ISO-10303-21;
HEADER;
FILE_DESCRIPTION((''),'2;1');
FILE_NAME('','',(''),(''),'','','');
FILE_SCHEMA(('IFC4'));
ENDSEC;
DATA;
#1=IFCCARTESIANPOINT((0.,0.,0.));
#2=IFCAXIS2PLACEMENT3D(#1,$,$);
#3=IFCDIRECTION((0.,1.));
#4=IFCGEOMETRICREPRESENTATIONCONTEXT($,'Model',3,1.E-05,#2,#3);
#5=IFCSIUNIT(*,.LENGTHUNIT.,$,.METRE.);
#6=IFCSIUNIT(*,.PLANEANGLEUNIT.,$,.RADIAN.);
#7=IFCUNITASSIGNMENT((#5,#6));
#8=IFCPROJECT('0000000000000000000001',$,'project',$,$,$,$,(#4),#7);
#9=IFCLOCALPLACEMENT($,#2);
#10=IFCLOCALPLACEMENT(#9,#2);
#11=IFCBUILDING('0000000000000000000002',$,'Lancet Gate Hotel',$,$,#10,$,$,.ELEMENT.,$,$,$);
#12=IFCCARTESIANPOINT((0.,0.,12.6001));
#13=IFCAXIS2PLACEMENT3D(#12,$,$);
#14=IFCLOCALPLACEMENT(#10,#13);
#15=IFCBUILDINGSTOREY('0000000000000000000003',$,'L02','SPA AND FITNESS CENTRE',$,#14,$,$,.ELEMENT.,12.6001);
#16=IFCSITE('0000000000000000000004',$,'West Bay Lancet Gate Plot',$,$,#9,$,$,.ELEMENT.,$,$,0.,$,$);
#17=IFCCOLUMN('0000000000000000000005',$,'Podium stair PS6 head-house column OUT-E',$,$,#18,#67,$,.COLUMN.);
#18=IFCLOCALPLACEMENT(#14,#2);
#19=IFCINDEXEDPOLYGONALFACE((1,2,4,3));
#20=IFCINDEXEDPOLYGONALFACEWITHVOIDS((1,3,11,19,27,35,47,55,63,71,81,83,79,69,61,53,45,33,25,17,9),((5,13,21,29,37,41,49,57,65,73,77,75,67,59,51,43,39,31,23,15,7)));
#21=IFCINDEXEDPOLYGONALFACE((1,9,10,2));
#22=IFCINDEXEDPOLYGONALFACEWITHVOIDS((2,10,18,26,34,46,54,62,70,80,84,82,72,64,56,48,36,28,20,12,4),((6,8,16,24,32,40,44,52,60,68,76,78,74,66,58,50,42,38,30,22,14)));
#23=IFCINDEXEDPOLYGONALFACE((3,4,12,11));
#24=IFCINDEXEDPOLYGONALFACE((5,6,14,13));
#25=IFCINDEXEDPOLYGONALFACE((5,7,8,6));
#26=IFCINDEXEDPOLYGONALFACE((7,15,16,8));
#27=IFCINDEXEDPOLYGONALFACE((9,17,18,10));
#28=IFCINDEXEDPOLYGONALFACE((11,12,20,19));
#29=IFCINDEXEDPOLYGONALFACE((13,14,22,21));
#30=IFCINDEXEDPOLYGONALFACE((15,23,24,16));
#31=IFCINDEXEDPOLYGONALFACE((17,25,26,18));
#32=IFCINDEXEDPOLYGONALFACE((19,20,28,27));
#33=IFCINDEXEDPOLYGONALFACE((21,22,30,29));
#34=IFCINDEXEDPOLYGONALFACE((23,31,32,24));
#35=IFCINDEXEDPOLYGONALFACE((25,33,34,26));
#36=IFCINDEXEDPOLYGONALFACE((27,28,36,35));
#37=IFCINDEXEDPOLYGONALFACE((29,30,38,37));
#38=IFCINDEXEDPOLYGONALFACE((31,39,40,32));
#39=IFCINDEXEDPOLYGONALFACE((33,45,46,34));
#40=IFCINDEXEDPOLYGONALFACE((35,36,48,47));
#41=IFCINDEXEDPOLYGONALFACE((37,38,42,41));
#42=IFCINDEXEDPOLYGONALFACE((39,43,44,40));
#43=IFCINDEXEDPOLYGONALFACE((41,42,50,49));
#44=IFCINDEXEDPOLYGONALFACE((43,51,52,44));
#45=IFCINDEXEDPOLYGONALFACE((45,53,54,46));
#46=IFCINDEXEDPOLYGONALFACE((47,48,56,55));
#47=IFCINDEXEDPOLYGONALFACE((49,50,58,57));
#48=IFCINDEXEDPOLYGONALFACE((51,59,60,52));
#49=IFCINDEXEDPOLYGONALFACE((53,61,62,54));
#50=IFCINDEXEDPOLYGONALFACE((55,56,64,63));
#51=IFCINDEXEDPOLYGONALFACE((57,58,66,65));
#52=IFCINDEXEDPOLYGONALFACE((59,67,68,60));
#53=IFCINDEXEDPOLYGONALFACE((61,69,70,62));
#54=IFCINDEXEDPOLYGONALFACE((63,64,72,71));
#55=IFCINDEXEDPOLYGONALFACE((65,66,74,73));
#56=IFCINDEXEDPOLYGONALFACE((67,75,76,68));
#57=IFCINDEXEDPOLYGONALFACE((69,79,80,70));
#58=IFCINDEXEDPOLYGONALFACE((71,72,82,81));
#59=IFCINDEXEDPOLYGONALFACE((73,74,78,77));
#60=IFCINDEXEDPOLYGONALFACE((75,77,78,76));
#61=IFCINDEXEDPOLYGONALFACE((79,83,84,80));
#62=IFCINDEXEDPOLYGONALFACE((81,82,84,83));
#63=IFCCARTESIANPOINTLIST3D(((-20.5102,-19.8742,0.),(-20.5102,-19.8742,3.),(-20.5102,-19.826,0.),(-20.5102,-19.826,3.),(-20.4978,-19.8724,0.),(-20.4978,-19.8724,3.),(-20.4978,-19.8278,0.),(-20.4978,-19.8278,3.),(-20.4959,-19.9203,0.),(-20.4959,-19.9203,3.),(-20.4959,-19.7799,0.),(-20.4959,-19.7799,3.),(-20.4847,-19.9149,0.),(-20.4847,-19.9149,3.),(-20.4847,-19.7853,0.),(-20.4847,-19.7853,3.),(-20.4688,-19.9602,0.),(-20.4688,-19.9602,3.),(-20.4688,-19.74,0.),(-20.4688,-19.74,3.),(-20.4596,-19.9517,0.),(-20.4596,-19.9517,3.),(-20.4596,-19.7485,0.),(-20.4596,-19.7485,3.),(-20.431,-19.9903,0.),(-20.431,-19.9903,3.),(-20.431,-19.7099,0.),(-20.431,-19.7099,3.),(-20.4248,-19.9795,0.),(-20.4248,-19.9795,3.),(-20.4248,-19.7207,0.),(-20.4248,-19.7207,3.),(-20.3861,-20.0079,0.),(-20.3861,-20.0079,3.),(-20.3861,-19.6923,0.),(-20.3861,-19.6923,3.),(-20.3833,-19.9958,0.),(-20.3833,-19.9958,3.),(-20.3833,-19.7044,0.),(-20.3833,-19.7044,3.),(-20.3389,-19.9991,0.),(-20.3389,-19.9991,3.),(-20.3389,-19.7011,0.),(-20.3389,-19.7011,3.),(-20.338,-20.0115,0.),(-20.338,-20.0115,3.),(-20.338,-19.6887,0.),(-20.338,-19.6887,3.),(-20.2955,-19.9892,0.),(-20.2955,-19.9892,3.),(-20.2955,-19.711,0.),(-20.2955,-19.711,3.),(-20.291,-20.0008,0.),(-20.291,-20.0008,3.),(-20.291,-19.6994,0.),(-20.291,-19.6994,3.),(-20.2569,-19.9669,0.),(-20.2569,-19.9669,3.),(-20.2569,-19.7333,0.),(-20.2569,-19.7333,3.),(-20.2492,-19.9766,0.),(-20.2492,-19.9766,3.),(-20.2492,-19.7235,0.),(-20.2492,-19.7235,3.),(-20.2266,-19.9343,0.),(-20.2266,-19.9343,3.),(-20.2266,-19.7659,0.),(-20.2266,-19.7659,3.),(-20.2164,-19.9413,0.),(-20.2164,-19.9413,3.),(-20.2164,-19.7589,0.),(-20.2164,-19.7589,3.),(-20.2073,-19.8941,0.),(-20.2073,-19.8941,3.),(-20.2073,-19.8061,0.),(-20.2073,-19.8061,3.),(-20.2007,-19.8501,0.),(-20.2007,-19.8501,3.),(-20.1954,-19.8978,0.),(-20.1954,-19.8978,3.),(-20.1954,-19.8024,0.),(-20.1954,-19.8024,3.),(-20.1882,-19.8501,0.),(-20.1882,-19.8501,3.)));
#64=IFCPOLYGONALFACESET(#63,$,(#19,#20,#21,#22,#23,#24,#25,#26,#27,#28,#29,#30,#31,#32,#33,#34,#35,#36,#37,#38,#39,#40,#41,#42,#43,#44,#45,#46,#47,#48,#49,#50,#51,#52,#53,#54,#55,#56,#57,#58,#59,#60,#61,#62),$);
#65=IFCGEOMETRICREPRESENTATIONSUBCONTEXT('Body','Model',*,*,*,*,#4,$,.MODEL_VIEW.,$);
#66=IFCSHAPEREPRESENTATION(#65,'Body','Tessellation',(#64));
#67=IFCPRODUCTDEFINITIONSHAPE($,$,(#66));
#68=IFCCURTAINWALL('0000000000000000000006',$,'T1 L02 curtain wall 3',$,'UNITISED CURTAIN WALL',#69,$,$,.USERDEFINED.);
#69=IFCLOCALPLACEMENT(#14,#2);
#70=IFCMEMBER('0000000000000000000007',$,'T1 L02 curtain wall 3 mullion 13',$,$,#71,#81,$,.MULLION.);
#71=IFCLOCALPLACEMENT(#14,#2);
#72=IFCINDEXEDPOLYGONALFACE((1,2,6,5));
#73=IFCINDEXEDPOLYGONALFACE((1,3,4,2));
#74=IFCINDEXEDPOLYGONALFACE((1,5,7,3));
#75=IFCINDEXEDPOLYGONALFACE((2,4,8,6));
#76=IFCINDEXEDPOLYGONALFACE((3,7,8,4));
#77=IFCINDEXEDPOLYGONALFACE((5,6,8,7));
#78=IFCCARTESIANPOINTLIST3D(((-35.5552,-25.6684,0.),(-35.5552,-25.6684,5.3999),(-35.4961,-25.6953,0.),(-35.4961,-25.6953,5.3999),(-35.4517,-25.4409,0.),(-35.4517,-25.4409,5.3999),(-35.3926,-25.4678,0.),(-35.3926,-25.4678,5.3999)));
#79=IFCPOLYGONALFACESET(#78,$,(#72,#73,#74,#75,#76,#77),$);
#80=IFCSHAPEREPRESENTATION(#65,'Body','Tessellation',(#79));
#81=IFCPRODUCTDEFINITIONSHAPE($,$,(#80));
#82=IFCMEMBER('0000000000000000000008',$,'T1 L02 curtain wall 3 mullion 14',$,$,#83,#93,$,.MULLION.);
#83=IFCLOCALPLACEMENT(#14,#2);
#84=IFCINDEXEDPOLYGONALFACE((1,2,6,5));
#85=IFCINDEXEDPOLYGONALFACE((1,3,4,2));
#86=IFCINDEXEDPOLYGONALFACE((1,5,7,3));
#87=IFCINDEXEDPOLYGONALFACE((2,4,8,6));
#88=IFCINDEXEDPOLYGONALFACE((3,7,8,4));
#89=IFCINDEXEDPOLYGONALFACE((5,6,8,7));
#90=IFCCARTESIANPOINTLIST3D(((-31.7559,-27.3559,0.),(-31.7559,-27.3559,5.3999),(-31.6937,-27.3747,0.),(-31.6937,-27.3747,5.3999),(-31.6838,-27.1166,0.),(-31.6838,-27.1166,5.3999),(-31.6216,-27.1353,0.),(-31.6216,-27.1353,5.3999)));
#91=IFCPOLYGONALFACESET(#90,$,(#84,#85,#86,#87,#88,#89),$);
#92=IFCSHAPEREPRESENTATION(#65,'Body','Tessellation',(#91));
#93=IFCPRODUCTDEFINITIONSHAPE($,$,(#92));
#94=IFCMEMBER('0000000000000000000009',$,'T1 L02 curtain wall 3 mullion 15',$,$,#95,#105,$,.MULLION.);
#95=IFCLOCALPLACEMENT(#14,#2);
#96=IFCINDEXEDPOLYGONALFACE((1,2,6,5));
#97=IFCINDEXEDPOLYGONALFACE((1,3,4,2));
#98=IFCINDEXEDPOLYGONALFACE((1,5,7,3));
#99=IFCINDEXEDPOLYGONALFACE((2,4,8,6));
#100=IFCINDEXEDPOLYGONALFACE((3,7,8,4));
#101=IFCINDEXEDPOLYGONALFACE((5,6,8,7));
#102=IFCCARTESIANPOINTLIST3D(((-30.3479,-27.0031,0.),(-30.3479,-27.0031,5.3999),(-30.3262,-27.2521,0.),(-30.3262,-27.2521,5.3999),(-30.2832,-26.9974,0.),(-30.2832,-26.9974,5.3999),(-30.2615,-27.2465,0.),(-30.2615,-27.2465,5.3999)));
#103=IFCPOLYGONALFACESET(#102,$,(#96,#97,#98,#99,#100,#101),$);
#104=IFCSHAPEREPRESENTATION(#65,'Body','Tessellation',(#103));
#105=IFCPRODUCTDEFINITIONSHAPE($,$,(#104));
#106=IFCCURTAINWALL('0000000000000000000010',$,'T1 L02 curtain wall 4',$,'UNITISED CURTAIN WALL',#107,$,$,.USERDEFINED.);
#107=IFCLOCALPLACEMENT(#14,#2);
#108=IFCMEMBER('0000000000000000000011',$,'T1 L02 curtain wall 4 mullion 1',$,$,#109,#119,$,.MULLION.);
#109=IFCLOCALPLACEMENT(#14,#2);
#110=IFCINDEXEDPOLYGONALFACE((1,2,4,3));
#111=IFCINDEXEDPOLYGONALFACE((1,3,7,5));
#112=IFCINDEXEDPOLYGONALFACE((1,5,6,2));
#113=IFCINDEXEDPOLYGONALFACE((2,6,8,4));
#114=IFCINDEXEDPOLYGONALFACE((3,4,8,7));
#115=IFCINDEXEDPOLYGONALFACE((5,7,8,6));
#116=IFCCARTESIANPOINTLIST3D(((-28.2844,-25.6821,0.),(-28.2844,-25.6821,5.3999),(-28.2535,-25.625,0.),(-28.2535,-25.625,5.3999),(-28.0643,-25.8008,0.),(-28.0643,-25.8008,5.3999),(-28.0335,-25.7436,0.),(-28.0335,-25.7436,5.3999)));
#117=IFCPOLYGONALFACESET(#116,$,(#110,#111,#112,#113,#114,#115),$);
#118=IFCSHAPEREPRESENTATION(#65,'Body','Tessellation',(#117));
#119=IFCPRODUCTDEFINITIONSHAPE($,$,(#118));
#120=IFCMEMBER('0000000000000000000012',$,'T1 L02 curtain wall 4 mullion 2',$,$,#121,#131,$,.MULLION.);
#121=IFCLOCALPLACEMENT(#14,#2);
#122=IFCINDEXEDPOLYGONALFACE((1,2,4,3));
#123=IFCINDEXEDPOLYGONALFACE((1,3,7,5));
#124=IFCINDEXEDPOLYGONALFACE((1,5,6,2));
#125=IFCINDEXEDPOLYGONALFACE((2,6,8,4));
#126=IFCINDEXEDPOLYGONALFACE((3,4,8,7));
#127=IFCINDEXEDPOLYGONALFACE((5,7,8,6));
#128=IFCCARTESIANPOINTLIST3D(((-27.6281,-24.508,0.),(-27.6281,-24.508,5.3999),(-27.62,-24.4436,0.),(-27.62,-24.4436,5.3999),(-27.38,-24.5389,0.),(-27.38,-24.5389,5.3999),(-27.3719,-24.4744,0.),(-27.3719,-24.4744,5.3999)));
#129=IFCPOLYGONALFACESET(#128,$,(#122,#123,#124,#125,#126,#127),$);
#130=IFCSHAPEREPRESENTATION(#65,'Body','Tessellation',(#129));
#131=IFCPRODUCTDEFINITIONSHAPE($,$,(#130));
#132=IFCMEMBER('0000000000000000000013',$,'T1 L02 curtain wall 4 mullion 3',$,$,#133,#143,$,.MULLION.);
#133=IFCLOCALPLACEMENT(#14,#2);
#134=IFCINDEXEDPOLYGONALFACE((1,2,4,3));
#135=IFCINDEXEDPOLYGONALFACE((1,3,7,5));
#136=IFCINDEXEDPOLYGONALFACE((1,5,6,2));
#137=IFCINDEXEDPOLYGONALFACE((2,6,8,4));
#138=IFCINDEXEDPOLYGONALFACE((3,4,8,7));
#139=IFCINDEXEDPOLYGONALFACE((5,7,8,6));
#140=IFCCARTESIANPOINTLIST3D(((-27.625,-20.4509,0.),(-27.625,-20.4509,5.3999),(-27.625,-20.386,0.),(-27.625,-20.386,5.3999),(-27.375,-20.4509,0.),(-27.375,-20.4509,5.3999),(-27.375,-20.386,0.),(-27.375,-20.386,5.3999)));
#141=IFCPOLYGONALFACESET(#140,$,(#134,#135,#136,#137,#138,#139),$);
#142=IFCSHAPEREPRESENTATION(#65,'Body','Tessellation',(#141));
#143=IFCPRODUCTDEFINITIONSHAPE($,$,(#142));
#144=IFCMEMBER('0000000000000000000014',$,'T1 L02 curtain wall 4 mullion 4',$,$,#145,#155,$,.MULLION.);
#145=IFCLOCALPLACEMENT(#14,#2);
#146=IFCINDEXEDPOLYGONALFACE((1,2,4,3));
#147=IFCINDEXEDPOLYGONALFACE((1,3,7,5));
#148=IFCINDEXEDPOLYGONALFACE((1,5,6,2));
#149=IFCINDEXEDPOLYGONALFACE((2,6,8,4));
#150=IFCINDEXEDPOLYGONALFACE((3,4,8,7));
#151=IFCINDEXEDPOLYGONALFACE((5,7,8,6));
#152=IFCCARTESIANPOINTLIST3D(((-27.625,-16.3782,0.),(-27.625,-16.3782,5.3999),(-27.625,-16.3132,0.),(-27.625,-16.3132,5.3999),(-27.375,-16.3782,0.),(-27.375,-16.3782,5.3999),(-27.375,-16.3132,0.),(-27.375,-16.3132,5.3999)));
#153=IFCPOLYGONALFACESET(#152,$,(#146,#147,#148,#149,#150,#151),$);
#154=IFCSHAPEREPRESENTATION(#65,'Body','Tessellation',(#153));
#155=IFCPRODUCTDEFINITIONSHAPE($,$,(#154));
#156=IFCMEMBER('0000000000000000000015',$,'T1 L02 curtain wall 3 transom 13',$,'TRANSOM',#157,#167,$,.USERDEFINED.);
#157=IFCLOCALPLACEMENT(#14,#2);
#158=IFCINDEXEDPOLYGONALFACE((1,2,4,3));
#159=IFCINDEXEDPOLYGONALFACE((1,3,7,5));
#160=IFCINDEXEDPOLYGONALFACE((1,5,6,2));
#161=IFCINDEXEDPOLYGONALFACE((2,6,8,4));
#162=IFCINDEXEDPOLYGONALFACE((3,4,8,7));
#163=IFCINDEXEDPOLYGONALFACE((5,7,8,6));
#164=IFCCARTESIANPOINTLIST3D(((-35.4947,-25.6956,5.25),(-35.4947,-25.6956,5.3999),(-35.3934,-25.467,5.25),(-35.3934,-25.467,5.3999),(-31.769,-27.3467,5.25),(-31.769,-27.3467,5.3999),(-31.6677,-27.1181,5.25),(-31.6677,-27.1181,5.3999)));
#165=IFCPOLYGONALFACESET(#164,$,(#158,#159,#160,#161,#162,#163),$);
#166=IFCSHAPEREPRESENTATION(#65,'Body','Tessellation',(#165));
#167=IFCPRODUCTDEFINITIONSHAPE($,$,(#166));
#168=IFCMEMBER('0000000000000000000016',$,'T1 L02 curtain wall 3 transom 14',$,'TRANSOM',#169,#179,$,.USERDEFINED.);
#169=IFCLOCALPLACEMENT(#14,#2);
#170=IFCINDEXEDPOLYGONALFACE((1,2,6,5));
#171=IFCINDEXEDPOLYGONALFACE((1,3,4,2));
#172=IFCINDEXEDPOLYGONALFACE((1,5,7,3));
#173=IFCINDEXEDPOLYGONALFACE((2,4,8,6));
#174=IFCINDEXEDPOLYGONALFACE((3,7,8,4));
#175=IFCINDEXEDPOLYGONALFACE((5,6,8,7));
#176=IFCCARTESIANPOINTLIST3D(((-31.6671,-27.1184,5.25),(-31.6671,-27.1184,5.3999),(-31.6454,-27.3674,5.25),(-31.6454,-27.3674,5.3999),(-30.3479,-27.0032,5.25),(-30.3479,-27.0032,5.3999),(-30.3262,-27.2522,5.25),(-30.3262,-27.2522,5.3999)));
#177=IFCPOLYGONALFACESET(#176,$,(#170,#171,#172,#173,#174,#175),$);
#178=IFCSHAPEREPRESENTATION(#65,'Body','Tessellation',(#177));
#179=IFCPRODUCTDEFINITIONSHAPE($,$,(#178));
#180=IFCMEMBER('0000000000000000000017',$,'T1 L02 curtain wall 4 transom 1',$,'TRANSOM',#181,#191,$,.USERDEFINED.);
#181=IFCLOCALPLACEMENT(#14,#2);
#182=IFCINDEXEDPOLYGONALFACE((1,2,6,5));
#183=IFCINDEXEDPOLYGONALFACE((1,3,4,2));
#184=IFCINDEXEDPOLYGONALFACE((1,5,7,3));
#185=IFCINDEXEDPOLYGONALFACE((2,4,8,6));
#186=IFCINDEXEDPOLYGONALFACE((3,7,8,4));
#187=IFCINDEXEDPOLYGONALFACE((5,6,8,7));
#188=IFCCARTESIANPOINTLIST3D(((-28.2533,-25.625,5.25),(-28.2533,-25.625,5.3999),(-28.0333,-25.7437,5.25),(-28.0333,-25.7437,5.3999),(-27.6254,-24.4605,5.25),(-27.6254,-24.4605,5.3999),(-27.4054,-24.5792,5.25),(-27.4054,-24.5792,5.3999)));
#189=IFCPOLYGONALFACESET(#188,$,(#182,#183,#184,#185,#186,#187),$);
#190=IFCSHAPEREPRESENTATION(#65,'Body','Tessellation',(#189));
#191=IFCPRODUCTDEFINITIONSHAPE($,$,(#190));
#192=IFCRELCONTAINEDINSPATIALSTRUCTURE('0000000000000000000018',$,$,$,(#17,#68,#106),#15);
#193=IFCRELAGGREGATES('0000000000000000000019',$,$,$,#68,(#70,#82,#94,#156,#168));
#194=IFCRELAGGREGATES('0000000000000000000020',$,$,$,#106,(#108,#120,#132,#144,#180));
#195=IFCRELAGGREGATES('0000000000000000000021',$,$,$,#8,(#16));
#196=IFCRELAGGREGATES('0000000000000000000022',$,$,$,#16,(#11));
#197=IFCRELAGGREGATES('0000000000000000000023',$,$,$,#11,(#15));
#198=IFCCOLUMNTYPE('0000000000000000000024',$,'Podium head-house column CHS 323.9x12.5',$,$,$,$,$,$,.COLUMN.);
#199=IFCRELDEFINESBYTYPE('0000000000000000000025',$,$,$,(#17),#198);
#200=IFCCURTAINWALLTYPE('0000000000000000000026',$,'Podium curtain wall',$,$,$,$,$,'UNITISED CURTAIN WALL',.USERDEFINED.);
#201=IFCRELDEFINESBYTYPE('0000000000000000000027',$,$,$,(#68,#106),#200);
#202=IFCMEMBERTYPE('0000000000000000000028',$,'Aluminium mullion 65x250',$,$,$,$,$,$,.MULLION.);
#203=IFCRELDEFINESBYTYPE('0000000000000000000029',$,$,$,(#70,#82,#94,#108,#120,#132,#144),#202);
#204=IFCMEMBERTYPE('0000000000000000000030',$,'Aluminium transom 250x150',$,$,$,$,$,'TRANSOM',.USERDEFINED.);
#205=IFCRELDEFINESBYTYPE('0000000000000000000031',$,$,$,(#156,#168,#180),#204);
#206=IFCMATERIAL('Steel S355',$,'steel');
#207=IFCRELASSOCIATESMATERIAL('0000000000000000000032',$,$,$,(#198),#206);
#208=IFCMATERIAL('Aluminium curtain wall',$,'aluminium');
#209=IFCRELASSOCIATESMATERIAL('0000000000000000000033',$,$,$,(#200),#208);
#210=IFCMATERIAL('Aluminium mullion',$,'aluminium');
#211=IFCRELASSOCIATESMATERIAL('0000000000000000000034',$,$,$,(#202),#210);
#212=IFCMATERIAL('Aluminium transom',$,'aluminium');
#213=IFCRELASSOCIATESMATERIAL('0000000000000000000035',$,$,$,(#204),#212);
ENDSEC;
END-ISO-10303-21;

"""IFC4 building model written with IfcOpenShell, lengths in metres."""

from ifc_helpers import new_model, si_unit, direction, frame, origin, origin_2d, place, context, subcontext, project, spatial, rectangle, hollow_circle, extrude, material, material_profile, profile_set, type_object, element, aggregate, save


model = new_model("IFC4")

# Units and contexts
model_context = context("Model", 3, precision=1e-05, world=origin(), true_north=direction((0.0, 1.0)))
body_context = subcontext(model_context, "Body", "Model", "MODEL_VIEW")
ifc_project = project(units=[si_unit("LENGTHUNIT", "METRE"), si_unit("PLANEANGLEUNIT", "RADIAN")], contexts=[model_context])

# Site, building, storey
site_placement = place(None, origin())
site = spatial("IfcSite", under=ifc_project, at=site_placement, Name="West Bay Lancet Gate Plot", CompositionType="ELEMENT", RefElevation=0.0)
building_placement = place(site_placement, origin())
building = spatial("IfcBuilding", under=site, at=building_placement, Name="Lancet Gate Hotel", CompositionType="ELEMENT")
storey_placement = place(building_placement, frame((0.0, 0.0, 12.6001)))
storey = spatial("IfcBuildingStorey", under=building, at=storey_placement, Name="L02", Description="SPA AND FITNESS CENTRE", CompositionType="ELEMENT", Elevation=12.6001)

# Column
ifc_material_1 = material(Name="Steel S355", Category="steel")
ifc_material_profile_1 = material_profile(ifc_material_1, hollow_circle(Radius=0.1619, WallThickness=0.0125, at=origin_2d()), Name="CHS 323.9x12.5")
ifc_profile_set_1 = profile_set([ifc_material_profile_1], Name="Steel S355")
column_type_1 = type_object("IfcColumnType", Name="Podium head-house column CHS 323.9x12.5", PredefinedType="COLUMN", material=ifc_profile_set_1)
for number, where, z_axis, x_axis, name in (
    (1, (-20.3501, -19.8501, 0.0), (0.0, 0.0, 1.0), (1.0, 0.0, 0.0), "Podium stair PS6 head-house column OUT-E"),
):
    element("IfcColumn", number, at=place(storey_placement, frame(where, z_axis=z_axis, x_axis=x_axis)), inside=storey, type_object=column_type_1, Name=name, PredefinedType="COLUMN", context=body_context, shape_type="SweptSolid", body=[
        extrude(hollow_circle(Radius=0.1619, WallThickness=0.0125, at=origin_2d()), origin(), (0.0, 0.0, 1.0), 3.0),
    ])

# Curtain walls, members
ifc_material_2 = material(Name="Aluminium curtain wall", Category="aluminium")
curtain_wall_type = type_object("IfcCurtainWallType", Name="Podium curtain wall", ElementType="UNITISED CURTAIN WALL", PredefinedType="USERDEFINED", material=ifc_material_2)
curtain_wall_1_placement = place(storey_placement, origin())
curtain_wall_1 = element("IfcCurtainWall", 2, at=curtain_wall_1_placement, inside=storey, type_object=curtain_wall_type, Name="T1 L02 curtain wall 3", ObjectType="UNITISED CURTAIN WALL", PredefinedType="USERDEFINED")
ifc_material_3 = material(Name="Aluminium mullion", Category="aluminium")
ifc_material_profile_2 = material_profile(ifc_material_3, rectangle(XDim=0.0649, YDim=0.25, at=origin_2d()), Name="MULLION 65x250")
ifc_profile_set_2 = profile_set([ifc_material_profile_2], Name="Aluminium mullion")
member_type_1 = type_object("IfcMemberType", Name="Aluminium mullion 65x250", PredefinedType="MULLION", material=ifc_profile_set_2)
member_1_placement = place(storey_placement, frame((-35.4739, -25.5681, 0.0), z_axis=(0.0, 0.0, 1.0), x_axis=(0.91022, -0.414126, 0.0)))
member_1 = element("IfcMember", 3, at=member_1_placement, type_object=member_type_1, Name="T1 L02 curtain wall 3 mullion 13", PredefinedType="MULLION", context=body_context, shape_type="SweptSolid", body=[
    extrude(rectangle(XDim=0.0649, YDim=0.25, at=origin_2d()), origin(), (0.0, 0.0, 1.0), 5.3999),
])
member_2_placement = place(storey_placement, frame((-31.6887, -27.2456, 0.0), z_axis=(0.0, 0.0, 1.0), x_axis=(0.957524, -0.288352, 0.0)))
member_2 = element("IfcMember", 4, at=member_2_placement, type_object=member_type_1, Name="T1 L02 curtain wall 3 mullion 14", PredefinedType="MULLION", context=body_context, shape_type="SweptSolid", body=[
    extrude(rectangle(XDim=0.0649, YDim=0.25, at=origin_2d()), origin(), (0.0, 0.0, 1.0), 5.3999),
])
member_3_placement = place(storey_placement, frame((-30.3047, -27.1248, 0.0), z_axis=(0.0, 0.0, 1.0), x_axis=(0.996204, 0.087052, 0.0)))
member_3 = element("IfcMember", 5, at=member_3_placement, type_object=member_type_1, Name="T1 L02 curtain wall 3 mullion 15", PredefinedType="MULLION", context=body_context, shape_type="SweptSolid", body=[
    extrude(rectangle(XDim=0.0649, YDim=0.25, at=origin_2d()), origin(), (0.0, 0.0, 1.0), 5.3999),
])
curtain_wall_2_placement = place(storey_placement, origin())
curtain_wall_2 = element("IfcCurtainWall", 6, at=curtain_wall_2_placement, inside=storey, type_object=curtain_wall_type, Name="T1 L02 curtain wall 4", ObjectType="UNITISED CURTAIN WALL", PredefinedType="USERDEFINED")
member_4_placement = place(storey_placement, frame((-28.1589, -25.7129, 0.0), z_axis=(0.0, 0.0, 1.0), x_axis=(0.474631, 0.880185, 0.0)))
member_4 = element("IfcMember", 7, at=member_4_placement, type_object=member_type_1, Name="T1 L02 curtain wall 4 mullion 1", PredefinedType="MULLION", context=body_context, shape_type="SweptSolid", body=[
    extrude(rectangle(XDim=0.0649, YDim=0.25, at=origin_2d()), origin(), (0.0, 0.0, 1.0), 5.3999),
])
member_5_placement = place(storey_placement, frame((-27.5, -24.4912, 0.0), z_axis=(0.0, 0.0, 1.0), x_axis=(0.123483, 0.992347, 0.0)))
member_5 = element("IfcMember", 8, at=member_5_placement, type_object=member_type_1, Name="T1 L02 curtain wall 4 mullion 2", PredefinedType="MULLION", context=body_context, shape_type="SweptSolid", body=[
    extrude(rectangle(XDim=0.0649, YDim=0.25, at=origin_2d()), origin(), (0.0, 0.0, 1.0), 5.3999),
])
member_6_placement = place(storey_placement, frame((-27.5, -20.4185, 0.0), z_axis=(0.0, 0.0, 1.0), x_axis=(0.0, 1.0, 0.0)))
member_6 = element("IfcMember", 9, at=member_6_placement, type_object=member_type_1, Name="T1 L02 curtain wall 4 mullion 3", PredefinedType="MULLION", context=body_context, shape_type="SweptSolid", body=[
    extrude(rectangle(XDim=0.0649, YDim=0.25, at=origin_2d()), origin(), (0.0, 0.0, 1.0), 5.3999),
])
member_7_placement = place(storey_placement, frame((-27.5, -16.3457, 0.0), z_axis=(0.0, 0.0, 1.0), x_axis=(0.0, 1.0, 0.0)))
member_7 = element("IfcMember", 10, at=member_7_placement, type_object=member_type_1, Name="T1 L02 curtain wall 4 mullion 4", PredefinedType="MULLION", context=body_context, shape_type="SweptSolid", body=[
    extrude(rectangle(XDim=0.0649, YDim=0.25, at=origin_2d()), origin(), (0.0, 0.0, 1.0), 5.3999),
])

# Members
ifc_material_4 = material(Name="Aluminium transom", Category="aluminium")
ifc_material_profile_3 = material_profile(ifc_material_4, rectangle(XDim=0.25, YDim=0.1499, at=origin_2d()), Name="TRANSOM 250x150")
ifc_profile_set_3 = profile_set([ifc_material_profile_3], Name="Aluminium transom")
member_type_2 = type_object("IfcMemberType", Name="Aluminium transom 250x150", ElementType="TRANSOM", PredefinedType="USERDEFINED", material=ifc_profile_set_3)
member_8_placement = place(storey_placement, frame((-35.4441, -25.5813, 5.325), z_axis=(0.914248, -0.405154, 0.0), x_axis=(0.405154, 0.914248, 0.0)))
member_8 = element("IfcMember", 11, at=member_8_placement, type_object=member_type_2, Name="T1 L02 curtain wall 3 transom 13", ObjectType="TRANSOM", PredefinedType="USERDEFINED", context=body_context, shape_type="SweptSolid", body=[
    extrude(rectangle(XDim=0.25, YDim=0.1499, at=origin_2d()), origin(), (0.0, 0.0, 1.0), 4.0752),
])
member_9_placement = place(storey_placement, frame((-31.6562, -27.2429, 5.325), z_axis=(0.996206, 0.087027, 0.0), x_axis=(-0.087027, 0.996206, 0.0)))
member_9 = element("IfcMember", 12, at=member_9_placement, type_object=member_type_2, Name="T1 L02 curtain wall 3 transom 14", ObjectType="TRANSOM", PredefinedType="USERDEFINED", context=body_context, shape_type="SweptSolid", body=[
    extrude(rectangle(XDim=0.25, YDim=0.1499, at=origin_2d()), origin(), (0.0, 0.0, 1.0), 1.3242),
])
member_10_placement = place(storey_placement, frame((-28.1433, -25.6843, 5.325), z_axis=(0.474606, 0.880198, 0.0), x_axis=(-0.880198, 0.474606, 0.0)))
member_10 = element("IfcMember", 13, at=member_10_placement, type_object=member_type_2, Name="T1 L02 curtain wall 4 transom 1", ObjectType="TRANSOM", PredefinedType="USERDEFINED", context=body_context, shape_type="SweptSolid", body=[
    extrude(rectangle(XDim=0.25, YDim=0.1499, at=origin_2d()), origin(), (0.0, 0.0, 1.0), 1.323),
])

aggregate(curtain_wall_1, [member_1, member_2, member_3, member_8, member_9])
aggregate(curtain_wall_2, [member_4, member_5, member_6, member_7, member_10])

save(model, "model.ifc")
